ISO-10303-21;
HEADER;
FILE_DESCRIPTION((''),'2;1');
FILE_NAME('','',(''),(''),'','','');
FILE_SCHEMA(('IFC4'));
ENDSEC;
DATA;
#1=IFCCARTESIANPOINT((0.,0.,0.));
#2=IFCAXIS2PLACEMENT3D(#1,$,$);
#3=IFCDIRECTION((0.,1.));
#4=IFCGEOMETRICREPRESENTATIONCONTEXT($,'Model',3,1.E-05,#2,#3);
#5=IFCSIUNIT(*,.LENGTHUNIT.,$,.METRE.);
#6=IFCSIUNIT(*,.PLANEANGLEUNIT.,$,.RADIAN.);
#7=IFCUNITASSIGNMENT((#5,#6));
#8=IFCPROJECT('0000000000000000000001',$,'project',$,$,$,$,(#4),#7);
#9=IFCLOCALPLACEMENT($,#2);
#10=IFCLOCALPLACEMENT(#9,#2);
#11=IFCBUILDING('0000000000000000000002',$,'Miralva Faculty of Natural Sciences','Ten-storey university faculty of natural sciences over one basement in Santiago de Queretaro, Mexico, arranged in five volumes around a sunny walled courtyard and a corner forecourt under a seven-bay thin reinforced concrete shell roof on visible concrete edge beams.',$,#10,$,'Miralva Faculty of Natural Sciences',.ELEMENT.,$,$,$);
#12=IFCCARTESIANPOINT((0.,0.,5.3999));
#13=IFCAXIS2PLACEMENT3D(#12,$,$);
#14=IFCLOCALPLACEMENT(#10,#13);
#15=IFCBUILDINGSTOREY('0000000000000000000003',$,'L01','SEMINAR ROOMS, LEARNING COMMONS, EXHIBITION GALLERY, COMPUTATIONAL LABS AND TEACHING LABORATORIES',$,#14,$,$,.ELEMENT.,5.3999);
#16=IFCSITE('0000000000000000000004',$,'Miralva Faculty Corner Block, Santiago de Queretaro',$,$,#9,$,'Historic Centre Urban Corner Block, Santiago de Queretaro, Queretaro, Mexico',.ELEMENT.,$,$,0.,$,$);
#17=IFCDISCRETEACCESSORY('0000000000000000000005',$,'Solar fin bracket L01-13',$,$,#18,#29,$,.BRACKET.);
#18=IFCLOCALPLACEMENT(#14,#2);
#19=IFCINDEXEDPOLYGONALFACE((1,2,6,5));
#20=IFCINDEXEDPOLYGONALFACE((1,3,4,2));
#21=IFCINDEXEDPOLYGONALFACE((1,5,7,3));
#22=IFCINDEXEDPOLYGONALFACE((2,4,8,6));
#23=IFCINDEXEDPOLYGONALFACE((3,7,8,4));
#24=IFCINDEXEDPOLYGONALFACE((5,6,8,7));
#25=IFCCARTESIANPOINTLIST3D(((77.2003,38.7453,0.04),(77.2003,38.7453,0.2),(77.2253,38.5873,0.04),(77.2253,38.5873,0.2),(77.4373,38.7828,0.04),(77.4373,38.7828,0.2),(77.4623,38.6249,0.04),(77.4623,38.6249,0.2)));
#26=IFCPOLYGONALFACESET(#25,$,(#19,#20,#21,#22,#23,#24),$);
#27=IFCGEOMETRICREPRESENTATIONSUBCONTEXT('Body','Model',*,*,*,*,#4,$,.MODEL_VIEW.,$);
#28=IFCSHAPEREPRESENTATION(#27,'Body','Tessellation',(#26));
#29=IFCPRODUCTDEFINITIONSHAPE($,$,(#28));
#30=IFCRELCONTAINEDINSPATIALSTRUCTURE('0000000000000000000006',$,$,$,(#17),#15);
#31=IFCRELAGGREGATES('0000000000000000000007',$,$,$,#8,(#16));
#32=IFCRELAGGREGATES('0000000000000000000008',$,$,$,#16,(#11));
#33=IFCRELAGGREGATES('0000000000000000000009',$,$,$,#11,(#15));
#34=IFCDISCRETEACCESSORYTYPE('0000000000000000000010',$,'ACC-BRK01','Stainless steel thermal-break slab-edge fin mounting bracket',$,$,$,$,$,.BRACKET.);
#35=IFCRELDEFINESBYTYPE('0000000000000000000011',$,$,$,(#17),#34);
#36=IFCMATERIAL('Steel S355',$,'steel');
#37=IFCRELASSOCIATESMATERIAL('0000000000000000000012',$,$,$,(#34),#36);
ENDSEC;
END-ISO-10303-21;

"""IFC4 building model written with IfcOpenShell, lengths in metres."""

from ifc_helpers import new_model, si_unit, direction, frame, origin, origin_2d, place, context, subcontext, project, spatial, rectangle, extrude, material, type_object, element, save


model = new_model("IFC4")

# Units and contexts
model_context = context("Model", 3, precision=1e-05, world=origin(), true_north=direction((0.0, 1.0)))
body_context = subcontext(model_context, "Body", "Model", "MODEL_VIEW")
ifc_project = project(units=[si_unit("LENGTHUNIT", "METRE"), si_unit("PLANEANGLEUNIT", "RADIAN")], contexts=[model_context])

# Site, building, storey
site_placement = place(None, origin())
site = spatial("IfcSite", under=ifc_project, at=site_placement, Name="Miralva Faculty Corner Block, Santiago de Queretaro", LongName="Historic Centre Urban Corner Block, Santiago de Queretaro, Queretaro, Mexico", CompositionType="ELEMENT", RefElevation=0.0)
building_placement = place(site_placement, origin())
building = spatial("IfcBuilding", under=site, at=building_placement, Name="Miralva Faculty of Natural Sciences", Description="Ten-storey university faculty of natural sciences over one basement in Santiago de Queretaro, Mexico, arranged in five volumes around a sunny walled courtyard and a corner forecourt under a seven-bay thin reinforced concrete shell roof on visible concrete edge beams.", LongName="Miralva Faculty of Natural Sciences", CompositionType="ELEMENT")
storey_placement = place(building_placement, frame((0.0, 0.0, 5.3999)))
storey = spatial("IfcBuildingStorey", under=building, at=storey_placement, Name="L01", Description="SEMINAR ROOMS, LEARNING COMMONS, EXHIBITION GALLERY, COMPUTATIONAL LABS AND TEACHING LABORATORIES", CompositionType="ELEMENT", Elevation=5.3999)

# Discrete accessory
ifc_material_1 = material(Name="Steel S355", Category="steel")
discrete_accessory_type = type_object("IfcDiscreteAccessoryType", Name="ACC-BRK01", Description="Stainless steel thermal-break slab-edge fin mounting bracket", PredefinedType="BRACKET", material=ifc_material_1)
discrete_accessory_placement = place(storey_placement, frame((77.3313, 38.6851, 0.04), z_axis=(0.0, 0.0, 1.0), x_axis=(-0.156434, 0.987688, 0.0)))
element("IfcDiscreteAccessory", 1, at=discrete_accessory_placement, inside=storey, type_object=discrete_accessory_type, Name="Solar fin bracket L01-13", PredefinedType="BRACKET", context=body_context, shape_type="SweptSolid", body=[
    extrude(rectangle(XDim=0.1599, YDim=0.24, at=origin_2d()), origin(), (0.0, 0.0, 1.0), 0.1599),
])

save(model, "model.ifc")
